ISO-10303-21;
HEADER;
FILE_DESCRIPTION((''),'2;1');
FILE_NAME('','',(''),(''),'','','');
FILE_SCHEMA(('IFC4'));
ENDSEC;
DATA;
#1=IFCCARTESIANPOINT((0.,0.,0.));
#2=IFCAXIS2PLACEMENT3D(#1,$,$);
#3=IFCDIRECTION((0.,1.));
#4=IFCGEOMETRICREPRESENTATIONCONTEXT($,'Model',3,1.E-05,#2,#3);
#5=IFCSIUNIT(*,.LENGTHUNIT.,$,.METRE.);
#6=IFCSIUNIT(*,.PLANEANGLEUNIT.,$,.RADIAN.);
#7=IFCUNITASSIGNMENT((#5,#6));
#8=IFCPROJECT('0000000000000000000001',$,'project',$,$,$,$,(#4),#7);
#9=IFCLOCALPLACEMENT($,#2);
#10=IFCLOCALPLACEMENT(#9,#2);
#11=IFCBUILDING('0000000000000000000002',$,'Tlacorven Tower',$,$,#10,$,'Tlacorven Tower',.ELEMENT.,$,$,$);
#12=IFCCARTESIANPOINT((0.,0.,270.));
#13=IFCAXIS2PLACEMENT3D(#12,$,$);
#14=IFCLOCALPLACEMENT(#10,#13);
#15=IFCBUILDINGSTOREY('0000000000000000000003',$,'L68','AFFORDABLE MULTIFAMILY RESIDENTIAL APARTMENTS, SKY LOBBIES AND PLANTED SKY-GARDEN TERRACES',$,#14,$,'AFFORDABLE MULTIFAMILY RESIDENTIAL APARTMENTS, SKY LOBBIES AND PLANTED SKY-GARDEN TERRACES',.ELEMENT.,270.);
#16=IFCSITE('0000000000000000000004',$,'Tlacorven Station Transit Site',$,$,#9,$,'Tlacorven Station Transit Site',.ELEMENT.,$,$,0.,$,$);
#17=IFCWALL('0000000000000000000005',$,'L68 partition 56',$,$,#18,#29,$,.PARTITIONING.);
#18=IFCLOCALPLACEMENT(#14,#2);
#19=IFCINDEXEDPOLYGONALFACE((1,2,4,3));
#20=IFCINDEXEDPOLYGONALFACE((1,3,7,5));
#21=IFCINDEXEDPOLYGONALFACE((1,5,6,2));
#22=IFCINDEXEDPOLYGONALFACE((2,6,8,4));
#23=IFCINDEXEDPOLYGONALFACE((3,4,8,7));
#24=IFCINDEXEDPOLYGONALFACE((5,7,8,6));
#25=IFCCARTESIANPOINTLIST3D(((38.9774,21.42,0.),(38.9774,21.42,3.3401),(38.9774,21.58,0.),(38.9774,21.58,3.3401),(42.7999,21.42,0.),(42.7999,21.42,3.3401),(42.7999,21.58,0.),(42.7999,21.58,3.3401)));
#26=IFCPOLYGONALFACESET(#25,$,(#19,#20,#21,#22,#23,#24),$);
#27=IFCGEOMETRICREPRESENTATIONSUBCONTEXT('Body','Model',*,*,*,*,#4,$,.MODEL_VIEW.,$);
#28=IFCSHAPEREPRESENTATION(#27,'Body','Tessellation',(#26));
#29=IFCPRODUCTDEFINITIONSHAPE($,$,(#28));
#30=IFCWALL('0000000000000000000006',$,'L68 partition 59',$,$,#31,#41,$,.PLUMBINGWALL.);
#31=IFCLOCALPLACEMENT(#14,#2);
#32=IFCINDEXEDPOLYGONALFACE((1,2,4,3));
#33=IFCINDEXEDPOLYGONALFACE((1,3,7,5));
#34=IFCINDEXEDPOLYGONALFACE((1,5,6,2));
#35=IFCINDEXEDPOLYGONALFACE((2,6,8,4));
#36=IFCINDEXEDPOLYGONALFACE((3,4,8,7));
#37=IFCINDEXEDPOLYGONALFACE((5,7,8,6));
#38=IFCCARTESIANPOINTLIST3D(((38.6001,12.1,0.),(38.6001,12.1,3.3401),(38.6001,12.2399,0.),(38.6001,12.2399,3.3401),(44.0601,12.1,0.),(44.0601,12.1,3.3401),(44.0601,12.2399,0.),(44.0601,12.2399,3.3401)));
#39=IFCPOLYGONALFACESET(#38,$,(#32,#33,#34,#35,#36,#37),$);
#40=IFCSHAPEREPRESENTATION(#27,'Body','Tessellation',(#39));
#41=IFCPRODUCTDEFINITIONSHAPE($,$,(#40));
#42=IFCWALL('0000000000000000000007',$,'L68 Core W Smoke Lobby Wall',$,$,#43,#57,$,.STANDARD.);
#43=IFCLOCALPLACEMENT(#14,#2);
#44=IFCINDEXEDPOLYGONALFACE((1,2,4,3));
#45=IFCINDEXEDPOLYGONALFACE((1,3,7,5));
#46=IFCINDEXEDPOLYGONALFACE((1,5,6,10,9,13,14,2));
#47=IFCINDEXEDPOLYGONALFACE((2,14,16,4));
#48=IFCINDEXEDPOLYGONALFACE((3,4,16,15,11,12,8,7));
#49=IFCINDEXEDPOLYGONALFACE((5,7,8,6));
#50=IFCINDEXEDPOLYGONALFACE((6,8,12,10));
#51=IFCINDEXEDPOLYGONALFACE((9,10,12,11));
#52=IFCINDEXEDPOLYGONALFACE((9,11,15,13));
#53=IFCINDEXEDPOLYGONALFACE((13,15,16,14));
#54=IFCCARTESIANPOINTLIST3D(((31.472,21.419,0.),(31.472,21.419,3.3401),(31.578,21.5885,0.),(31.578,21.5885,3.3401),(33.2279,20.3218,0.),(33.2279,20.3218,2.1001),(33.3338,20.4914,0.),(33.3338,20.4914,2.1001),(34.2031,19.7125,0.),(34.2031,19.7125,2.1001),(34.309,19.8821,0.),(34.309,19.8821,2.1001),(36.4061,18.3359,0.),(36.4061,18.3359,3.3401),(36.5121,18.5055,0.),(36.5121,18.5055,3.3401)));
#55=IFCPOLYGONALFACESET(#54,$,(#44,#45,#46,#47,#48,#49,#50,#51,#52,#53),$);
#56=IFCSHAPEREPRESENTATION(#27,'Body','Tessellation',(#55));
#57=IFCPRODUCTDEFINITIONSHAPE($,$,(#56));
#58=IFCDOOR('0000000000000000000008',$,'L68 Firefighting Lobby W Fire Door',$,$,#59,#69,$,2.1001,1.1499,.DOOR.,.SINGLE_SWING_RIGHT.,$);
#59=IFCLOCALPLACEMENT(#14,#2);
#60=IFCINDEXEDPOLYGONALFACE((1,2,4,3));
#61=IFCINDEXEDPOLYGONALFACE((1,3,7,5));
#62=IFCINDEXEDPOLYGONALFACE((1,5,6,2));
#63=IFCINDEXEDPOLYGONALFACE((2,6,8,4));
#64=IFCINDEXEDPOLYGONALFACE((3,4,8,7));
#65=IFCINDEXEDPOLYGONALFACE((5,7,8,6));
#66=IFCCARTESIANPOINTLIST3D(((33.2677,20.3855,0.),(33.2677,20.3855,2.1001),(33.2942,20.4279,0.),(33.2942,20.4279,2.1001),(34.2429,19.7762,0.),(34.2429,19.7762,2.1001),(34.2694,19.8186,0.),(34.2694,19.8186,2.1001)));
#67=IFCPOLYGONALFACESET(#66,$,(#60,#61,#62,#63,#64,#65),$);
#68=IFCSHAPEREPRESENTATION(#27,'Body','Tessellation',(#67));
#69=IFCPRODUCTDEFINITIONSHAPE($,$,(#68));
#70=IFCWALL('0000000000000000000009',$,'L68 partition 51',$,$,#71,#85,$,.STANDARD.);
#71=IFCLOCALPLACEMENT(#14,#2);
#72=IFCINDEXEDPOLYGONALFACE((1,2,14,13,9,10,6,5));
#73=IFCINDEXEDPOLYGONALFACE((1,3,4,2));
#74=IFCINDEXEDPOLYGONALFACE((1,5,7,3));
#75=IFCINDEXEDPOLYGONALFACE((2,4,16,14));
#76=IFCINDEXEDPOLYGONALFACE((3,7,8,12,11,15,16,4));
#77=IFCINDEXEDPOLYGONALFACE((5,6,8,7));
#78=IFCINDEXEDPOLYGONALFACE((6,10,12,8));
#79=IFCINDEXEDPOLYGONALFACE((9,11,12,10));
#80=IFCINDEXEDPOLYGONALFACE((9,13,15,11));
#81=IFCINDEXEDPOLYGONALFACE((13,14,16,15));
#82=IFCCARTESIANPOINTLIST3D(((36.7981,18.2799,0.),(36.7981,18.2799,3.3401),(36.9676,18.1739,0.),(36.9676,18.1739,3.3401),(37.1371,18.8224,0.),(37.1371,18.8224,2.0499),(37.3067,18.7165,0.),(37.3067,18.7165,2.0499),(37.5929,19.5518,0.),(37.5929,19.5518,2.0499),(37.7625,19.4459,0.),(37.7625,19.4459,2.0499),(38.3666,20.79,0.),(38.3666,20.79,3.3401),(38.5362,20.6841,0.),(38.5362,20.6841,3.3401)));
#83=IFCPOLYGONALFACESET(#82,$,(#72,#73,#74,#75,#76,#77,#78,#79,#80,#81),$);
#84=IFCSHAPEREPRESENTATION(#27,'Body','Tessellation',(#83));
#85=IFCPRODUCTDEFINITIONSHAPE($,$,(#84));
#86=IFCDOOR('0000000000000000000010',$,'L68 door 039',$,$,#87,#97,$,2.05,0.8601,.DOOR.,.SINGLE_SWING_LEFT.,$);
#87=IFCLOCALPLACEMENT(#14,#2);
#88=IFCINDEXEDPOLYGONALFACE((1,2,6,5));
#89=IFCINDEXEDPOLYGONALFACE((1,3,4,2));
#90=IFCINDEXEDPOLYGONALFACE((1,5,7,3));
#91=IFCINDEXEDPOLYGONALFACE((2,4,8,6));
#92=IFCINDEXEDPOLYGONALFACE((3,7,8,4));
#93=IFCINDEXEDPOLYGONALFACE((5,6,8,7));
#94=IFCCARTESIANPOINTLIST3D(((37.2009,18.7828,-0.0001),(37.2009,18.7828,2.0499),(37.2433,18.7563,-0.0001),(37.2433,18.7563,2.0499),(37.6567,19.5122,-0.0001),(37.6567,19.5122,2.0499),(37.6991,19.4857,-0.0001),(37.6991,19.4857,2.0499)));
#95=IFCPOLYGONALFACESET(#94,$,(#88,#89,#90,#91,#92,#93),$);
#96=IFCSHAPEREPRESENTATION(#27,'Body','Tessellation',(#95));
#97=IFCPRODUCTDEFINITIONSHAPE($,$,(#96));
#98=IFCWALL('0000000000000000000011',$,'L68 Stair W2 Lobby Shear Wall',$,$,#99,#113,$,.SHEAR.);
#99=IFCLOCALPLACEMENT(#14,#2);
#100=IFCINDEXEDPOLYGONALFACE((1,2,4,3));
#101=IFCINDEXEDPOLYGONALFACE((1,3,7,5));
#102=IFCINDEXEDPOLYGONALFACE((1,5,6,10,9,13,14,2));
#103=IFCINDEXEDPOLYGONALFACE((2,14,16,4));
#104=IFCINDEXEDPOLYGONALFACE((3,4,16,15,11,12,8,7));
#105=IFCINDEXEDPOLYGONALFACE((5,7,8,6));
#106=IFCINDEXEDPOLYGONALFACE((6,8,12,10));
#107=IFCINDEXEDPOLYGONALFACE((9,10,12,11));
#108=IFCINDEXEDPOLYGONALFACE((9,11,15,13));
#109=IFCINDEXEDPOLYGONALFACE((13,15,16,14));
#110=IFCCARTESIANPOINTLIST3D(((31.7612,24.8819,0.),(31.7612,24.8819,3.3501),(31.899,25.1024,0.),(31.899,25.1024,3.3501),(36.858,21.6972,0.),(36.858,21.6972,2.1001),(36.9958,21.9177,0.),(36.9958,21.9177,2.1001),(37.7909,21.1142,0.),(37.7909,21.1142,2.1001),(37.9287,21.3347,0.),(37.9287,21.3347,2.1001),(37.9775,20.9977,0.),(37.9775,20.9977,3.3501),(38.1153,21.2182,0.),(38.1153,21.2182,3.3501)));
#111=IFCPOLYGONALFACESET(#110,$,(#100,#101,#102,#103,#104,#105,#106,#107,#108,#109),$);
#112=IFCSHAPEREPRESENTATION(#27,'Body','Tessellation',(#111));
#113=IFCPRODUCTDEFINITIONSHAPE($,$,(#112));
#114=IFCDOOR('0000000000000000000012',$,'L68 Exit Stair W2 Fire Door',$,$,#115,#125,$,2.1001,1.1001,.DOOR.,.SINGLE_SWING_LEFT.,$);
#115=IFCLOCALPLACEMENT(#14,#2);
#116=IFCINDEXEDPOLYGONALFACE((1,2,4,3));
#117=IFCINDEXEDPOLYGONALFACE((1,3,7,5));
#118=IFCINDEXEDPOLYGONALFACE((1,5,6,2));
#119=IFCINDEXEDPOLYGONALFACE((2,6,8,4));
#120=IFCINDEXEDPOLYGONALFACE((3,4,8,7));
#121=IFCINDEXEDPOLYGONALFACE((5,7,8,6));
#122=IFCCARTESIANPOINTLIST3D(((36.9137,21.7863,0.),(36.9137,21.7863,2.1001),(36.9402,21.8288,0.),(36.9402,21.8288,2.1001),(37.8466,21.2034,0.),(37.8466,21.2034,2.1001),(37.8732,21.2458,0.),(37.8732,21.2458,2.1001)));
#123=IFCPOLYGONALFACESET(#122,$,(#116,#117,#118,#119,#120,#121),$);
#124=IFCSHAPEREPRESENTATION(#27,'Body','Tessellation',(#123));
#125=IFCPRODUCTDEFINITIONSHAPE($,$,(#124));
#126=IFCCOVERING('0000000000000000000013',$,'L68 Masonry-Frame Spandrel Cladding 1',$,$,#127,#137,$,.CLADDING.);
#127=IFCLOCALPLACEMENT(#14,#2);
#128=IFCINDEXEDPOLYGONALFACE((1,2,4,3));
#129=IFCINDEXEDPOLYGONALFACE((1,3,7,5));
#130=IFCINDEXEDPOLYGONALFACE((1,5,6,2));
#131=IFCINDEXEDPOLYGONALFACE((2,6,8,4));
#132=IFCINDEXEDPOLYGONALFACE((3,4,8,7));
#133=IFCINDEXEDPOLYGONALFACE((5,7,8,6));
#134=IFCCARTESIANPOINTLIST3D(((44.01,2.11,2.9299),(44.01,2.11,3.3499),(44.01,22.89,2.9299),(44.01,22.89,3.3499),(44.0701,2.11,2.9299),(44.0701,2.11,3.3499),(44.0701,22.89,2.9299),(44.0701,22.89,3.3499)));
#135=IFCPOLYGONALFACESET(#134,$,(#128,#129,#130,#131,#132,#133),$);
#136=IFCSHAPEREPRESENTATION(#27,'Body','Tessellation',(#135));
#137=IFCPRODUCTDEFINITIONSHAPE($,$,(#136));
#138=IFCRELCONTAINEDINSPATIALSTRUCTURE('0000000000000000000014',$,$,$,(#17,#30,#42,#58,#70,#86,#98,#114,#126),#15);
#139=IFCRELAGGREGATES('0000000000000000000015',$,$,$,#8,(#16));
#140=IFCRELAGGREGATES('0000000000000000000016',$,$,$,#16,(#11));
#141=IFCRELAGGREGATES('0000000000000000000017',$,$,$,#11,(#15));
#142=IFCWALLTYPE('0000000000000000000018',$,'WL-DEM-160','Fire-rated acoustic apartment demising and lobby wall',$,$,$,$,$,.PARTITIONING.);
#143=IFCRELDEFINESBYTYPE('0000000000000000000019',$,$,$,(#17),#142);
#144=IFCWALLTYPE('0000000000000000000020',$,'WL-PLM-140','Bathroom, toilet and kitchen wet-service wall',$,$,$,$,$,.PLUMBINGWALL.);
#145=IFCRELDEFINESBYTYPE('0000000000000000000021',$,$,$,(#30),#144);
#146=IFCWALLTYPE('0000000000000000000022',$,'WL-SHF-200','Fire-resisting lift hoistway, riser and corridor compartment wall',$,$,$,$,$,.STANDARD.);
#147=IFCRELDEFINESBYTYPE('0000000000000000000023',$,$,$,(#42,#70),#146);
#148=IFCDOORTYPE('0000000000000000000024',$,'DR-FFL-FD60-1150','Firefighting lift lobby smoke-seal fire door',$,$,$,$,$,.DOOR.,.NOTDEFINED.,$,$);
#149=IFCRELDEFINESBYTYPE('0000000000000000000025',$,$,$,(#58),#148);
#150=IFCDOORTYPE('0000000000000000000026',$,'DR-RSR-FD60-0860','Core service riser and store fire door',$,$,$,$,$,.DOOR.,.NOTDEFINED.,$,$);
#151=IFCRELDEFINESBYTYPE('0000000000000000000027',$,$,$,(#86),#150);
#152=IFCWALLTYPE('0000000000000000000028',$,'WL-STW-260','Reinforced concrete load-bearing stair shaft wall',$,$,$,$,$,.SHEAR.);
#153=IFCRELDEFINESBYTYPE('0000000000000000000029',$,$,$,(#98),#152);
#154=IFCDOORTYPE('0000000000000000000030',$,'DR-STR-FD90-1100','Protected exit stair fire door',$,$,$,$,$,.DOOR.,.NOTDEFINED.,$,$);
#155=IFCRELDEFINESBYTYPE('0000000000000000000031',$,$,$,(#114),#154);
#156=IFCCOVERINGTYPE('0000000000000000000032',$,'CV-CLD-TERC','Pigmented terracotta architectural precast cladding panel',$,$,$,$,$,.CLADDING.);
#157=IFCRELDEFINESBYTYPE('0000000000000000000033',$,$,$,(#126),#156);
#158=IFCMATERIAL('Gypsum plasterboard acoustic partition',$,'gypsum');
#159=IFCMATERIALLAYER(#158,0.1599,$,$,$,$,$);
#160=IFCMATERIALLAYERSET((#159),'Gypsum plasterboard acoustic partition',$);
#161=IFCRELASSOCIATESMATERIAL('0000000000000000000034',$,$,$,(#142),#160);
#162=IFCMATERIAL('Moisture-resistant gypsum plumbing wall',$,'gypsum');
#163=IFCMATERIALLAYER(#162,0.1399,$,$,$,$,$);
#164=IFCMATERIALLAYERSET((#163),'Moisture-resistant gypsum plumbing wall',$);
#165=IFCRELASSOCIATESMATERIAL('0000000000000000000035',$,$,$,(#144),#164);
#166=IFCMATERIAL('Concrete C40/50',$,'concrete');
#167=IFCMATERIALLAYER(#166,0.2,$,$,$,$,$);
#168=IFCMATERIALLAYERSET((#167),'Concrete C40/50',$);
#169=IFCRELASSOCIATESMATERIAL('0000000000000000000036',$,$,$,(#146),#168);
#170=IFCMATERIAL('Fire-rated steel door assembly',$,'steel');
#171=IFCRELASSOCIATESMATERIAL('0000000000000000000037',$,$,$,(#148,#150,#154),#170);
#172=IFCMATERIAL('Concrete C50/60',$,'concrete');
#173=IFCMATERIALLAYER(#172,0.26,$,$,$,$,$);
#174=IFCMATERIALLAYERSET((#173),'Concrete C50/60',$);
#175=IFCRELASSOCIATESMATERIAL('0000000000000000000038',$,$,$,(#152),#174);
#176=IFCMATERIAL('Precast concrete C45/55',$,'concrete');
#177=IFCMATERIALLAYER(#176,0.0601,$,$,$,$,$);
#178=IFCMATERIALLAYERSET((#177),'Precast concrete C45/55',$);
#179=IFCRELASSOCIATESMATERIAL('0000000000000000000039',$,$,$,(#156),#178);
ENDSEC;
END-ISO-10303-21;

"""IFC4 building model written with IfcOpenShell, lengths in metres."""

from ifc_helpers import new_model, si_unit, direction, frame, frame_2d, origin, origin_2d, place, context, subcontext, project, spatial, rectangle, extrude, source, transform, mapped, material, layer, layer_set, type_object, element, fill, save


model = new_model("IFC4")

# Units and contexts
model_context = context("Model", 3, precision=1e-05, world=origin(), true_north=direction((0.0, 1.0)))
body_context = subcontext(model_context, "Body", "Model", "MODEL_VIEW")
ifc_project = project(units=[si_unit("LENGTHUNIT", "METRE"), si_unit("PLANEANGLEUNIT", "RADIAN")], contexts=[model_context])

# Site, building, storey
site_placement = place(None, origin())
site = spatial("IfcSite", under=ifc_project, at=site_placement, Name="Tlacorven Station Transit Site", LongName="Tlacorven Station Transit Site", CompositionType="ELEMENT", RefElevation=0.0)
building_placement = place(site_placement, origin())
building = spatial("IfcBuilding", under=site, at=building_placement, Name="Tlacorven Tower", LongName="Tlacorven Tower", CompositionType="ELEMENT")
storey_placement = place(building_placement, frame((0.0, 0.0, 270.0)))
storey = spatial("IfcBuildingStorey", under=building, at=storey_placement, Name="L68", Description="AFFORDABLE MULTIFAMILY RESIDENTIAL APARTMENTS, SKY LOBBIES AND PLANTED SKY-GARDEN TERRACES", LongName="AFFORDABLE MULTIFAMILY RESIDENTIAL APARTMENTS, SKY LOBBIES AND PLANTED SKY-GARDEN TERRACES", CompositionType="ELEMENT", Elevation=270.0)

# Shared definitions
ifc_material_1 = material(Name="Concrete C50/60", Category="concrete")

# Shared definitions
ifc_material_2 = material(Name="Gypsum plasterboard acoustic partition", Category="gypsum")
ifc_layer_1 = layer(ifc_material_2, 0.1599)
ifc_layer_set_1 = layer_set([ifc_layer_1], Name="Gypsum plasterboard acoustic partition")
wall_type_1 = type_object("IfcWallType", Name="WL-DEM-160", Description="Fire-rated acoustic apartment demising and lobby wall", PredefinedType="PARTITIONING", material=ifc_layer_set_1)
ifc_material_3 = material(Name="Fire-rated steel door assembly", Category="steel")

# Walls
wall_1_placement = place(storey_placement, frame((38.9775, 21.5, 0.0), z_axis=(0.0, 0.0, 1.0), x_axis=(1.0, 0.0, 0.0)))
element("IfcWall", 1, at=wall_1_placement, inside=storey, type_object=wall_type_1, Name="L68 partition 56", PredefinedType="PARTITIONING", context=body_context, shape_type="SweptSolid", body=[
    extrude(rectangle(XDim=3.8225, YDim=0.1599, at=frame_2d((1.9111, 0.0))), origin(), (0.0, 0.0, 1.0), 3.3401),
])
ifc_material_4 = material(Name="Moisture-resistant gypsum plumbing wall", Category="gypsum")
ifc_layer_2 = layer(ifc_material_4, 0.1399)
ifc_layer_set_2 = layer_set([ifc_layer_2], Name="Moisture-resistant gypsum plumbing wall")
wall_type_2 = type_object("IfcWallType", Name="WL-PLM-140", Description="Bathroom, toilet and kitchen wet-service wall", PredefinedType="PLUMBINGWALL", material=ifc_layer_set_2)
wall_2_placement = place(storey_placement, frame((38.6001, 12.1699, 0.0), z_axis=(0.0, 0.0, 1.0), x_axis=(1.0, 0.0, 0.0)))
element("IfcWall", 2, at=wall_2_placement, inside=storey, type_object=wall_type_2, Name="L68 partition 59", PredefinedType="PLUMBINGWALL", context=body_context, shape_type="SweptSolid", body=[
    extrude(rectangle(XDim=5.46, YDim=0.1399, at=frame_2d((2.73, 0.0))), origin(), (0.0, 0.0, 1.0), 3.3401),
])

# Walls, openings, doors
ifc_material_5 = material(Name="Concrete C40/50", Category="concrete")
ifc_layer_3 = layer(ifc_material_5, 0.2)
ifc_layer_set_3 = layer_set([ifc_layer_3], Name="Concrete C40/50")
wall_type_3 = type_object("IfcWallType", Name="WL-SHF-200", Description="Fire-resisting lift hoistway, riser and corridor compartment wall", PredefinedType="STANDARD", material=ifc_layer_set_3)
wall_3_placement = place(storey_placement, frame((36.4592, 18.4207, 0.0), z_axis=(0.0, 0.0, 1.0), x_axis=(-0.84806, 0.529901, 0.0)))
wall_3 = element("IfcWall", 3, at=wall_3_placement, inside=storey, type_object=wall_type_3, Name="L68 Core W Smoke Lobby Wall", PredefinedType="STANDARD", context=body_context, shape_type="SweptSolid", body=[
    extrude(rectangle(XDim=5.8181, YDim=0.2, at=frame_2d((2.9092, 0.0))), origin(), (0.0, 0.0, 1.0), 3.3401),
])
opening_1_placement = place(wall_3_placement, frame((2.5979, 0.0, 0.0)))
opening_1 = element("IfcOpeningElement", 4, at=opening_1_placement, cuts=wall_3, PredefinedType="OPENING", context=body_context, shape_type="SweptSolid", body=[
    extrude(rectangle(XDim=1.1499, YDim=2.1001, at=frame_2d((0.575, 1.05))), frame((0.0, 0.1099, 0.0), z_axis=(0.0, -1.0, 0.0), x_axis=(1.0, 0.0, 0.0)), (0.0, 0.0, 1.0), 0.22),
])
door_type_1 = type_object("IfcDoorType", Name="DR-FFL-FD60-1150", Description="Firefighting lift lobby smoke-seal fire door", OperationType="NOTDEFINED", PredefinedType="DOOR", material=ifc_material_3)
shared_shape_1 = source(origin(), body_context, "Body", "SweptSolid", [
    extrude(rectangle(XDim=1.1499, YDim=2.1001, at=frame_2d((0.575, 1.05))), frame((0.0, 0.0249, 0.0), z_axis=(0.0, -1.0, 0.0), x_axis=(1.0, 0.0, 0.0)), (0.0, 0.0, 1.0), 0.05),
])
door_1_placement = place(opening_1_placement, origin())
door_1 = element("IfcDoor", 5, at=door_1_placement, inside=storey, type_object=door_type_1, Name="L68 Firefighting Lobby W Fire Door", OperationType="SINGLE_SWING_RIGHT", OverallHeight=2.1001, OverallWidth=1.1499, PredefinedType="DOOR", context=body_context, shape_type="MappedRepresentation", body=[
    mapped(shared_shape_1, transform((0.0, 0.0, 0.0), scale=1.0)),
])
fill(opening_1, door_1)
wall_4_placement = place(storey_placement, frame((38.4514, 20.7371, 0.0), z_axis=(0.0, 0.0, 1.0), x_axis=(-0.529925, -0.848045, 0.0)))
wall_4 = element("IfcWall", 6, at=wall_4_placement, inside=storey, type_object=wall_type_3, Name="L68 partition 51", PredefinedType="STANDARD", context=body_context, shape_type="SweptSolid", body=[
    extrude(rectangle(XDim=2.96, YDim=0.2, at=frame_2d((1.48, 0.0))), origin(), (0.0, 0.0, 1.0), 3.3401),
])
opening_2_placement = place(wall_4_placement, frame((1.46, 0.0, 0.0)))
opening_2 = element("IfcOpeningElement", 7, at=opening_2_placement, cuts=wall_4, PredefinedType="OPENING", context=body_context, shape_type="SweptSolid", body=[
    extrude(rectangle(XDim=0.8601, YDim=2.05, at=frame_2d((0.4302, 1.0249))), frame((0.0, 0.1099, 0.0), z_axis=(0.0, -1.0, 0.0), x_axis=(1.0, 0.0, 0.0)), (0.0, 0.0, 1.0), 0.22),
])
door_type_2 = type_object("IfcDoorType", Name="DR-RSR-FD60-0860", Description="Core service riser and store fire door", OperationType="NOTDEFINED", PredefinedType="DOOR", material=ifc_material_3)
shared_shape_2 = source(origin(), body_context, "Body", "SweptSolid", [
    extrude(rectangle(XDim=0.8601, YDim=2.05, at=frame_2d((0.4302, 1.0249))), frame((0.0, 0.0249, 0.0), z_axis=(0.0, -1.0, 0.0), x_axis=(1.0, 0.0, 0.0)), (0.0, 0.0, 1.0), 0.05),
])
door_2_placement = place(opening_2_placement, frame((0.8601, 0.0, 0.0), z_axis=(0.0, 0.0, 1.0), x_axis=(-1.0, 0.0, 0.0)))
door_2 = element("IfcDoor", 8, at=door_2_placement, inside=storey, type_object=door_type_2, Name="L68 door 039", OperationType="SINGLE_SWING_LEFT", OverallHeight=2.05, OverallWidth=0.8601, PredefinedType="DOOR", context=body_context, shape_type="MappedRepresentation", body=[
    mapped(shared_shape_2, transform((0.0, 0.0, 0.0), scale=1.0)),
])
fill(opening_2, door_2)
ifc_layer_4 = layer(ifc_material_1, 0.26)
ifc_layer_set_4 = layer_set([ifc_layer_4], Name="Concrete C50/60")
wall_type_4 = type_object("IfcWallType", Name="WL-STW-260", Description="Reinforced concrete load-bearing stair shaft wall", PredefinedType="SHEAR", material=ifc_layer_set_4)
wall_5_placement = place(storey_placement, frame((38.0464, 21.1079, 0.0), z_axis=(0.0, 0.0, 1.0), x_axis=(-0.848054, 0.529909, 0.0)))
wall_5 = element("IfcWall", 9, at=wall_5_placement, inside=storey, type_object=wall_type_4, Name="L68 Stair W2 Lobby Shear Wall", PredefinedType="SHEAR", context=body_context, shape_type="SweptSolid", body=[
    extrude(rectangle(XDim=7.3301, YDim=0.26, at=frame_2d((3.665, 0.0))), origin(), (0.0, 0.0, 1.0), 3.3501),
])
opening_3_placement = place(wall_5_placement, frame((0.22, 0.0, 0.0)))
opening_3 = element("IfcOpeningElement", 10, at=opening_3_placement, cuts=wall_5, PredefinedType="OPENING", context=body_context, shape_type="SweptSolid", body=[
    extrude(rectangle(XDim=1.1001, YDim=2.1001, at=frame_2d((0.55, 1.05))), frame((0.0, 0.1401, 0.0), z_axis=(0.0, -1.0, 0.0), x_axis=(1.0, 0.0, 0.0)), (0.0, 0.0, 1.0), 0.28),
])
door_type_3 = type_object("IfcDoorType", Name="DR-STR-FD90-1100", Description="Protected exit stair fire door", OperationType="NOTDEFINED", PredefinedType="DOOR", material=ifc_material_3)
shared_shape_3 = source(origin(), body_context, "Body", "SweptSolid", [
    extrude(rectangle(XDim=1.1001, YDim=2.1001, at=frame_2d((0.55, 1.05))), frame((0.0, 0.0249, 0.0), z_axis=(0.0, -1.0, 0.0), x_axis=(1.0, 0.0, 0.0)), (0.0, 0.0, 1.0), 0.05),
])
door_3_placement = place(opening_3_placement, origin())
door_3 = element("IfcDoor", 11, at=door_3_placement, inside=storey, type_object=door_type_3, Name="L68 Exit Stair W2 Fire Door", OperationType="SINGLE_SWING_LEFT", OverallHeight=2.1001, OverallWidth=1.1001, PredefinedType="DOOR", context=body_context, shape_type="MappedRepresentation", body=[
    mapped(shared_shape_3, transform((0.0, 0.0, 0.0), scale=1.0)),
])
fill(opening_3, door_3)

# Covering
ifc_material_6 = material(Name="Precast concrete C45/55", Category="concrete")
ifc_layer_5 = layer(ifc_material_6, 0.0601)
ifc_layer_set_5 = layer_set([ifc_layer_5], Name="Precast concrete C45/55")
covering_type = type_object("IfcCoveringType", Name="CV-CLD-TERC", Description="Pigmented terracotta architectural precast cladding panel", PredefinedType="CLADDING", material=ifc_layer_set_5)
shared_shape_4 = source(origin(), body_context, "Body", "SweptSolid", [
    extrude(rectangle(XDim=20.78, YDim=0.0601, at=origin_2d()), origin(), (0.0, 0.0, 1.0), 0.4199),
])
covering_placement = place(storey_placement, frame((44.04, 12.5, 2.9299), z_axis=(0.0, 0.0, 1.0), x_axis=(0.0, -1.0, 0.0)))
element("IfcCovering", 12, at=covering_placement, inside=storey, type_object=covering_type, Name="L68 Masonry-Frame Spandrel Cladding 1", PredefinedType="CLADDING", context=body_context, shape_type="MappedRepresentation", body=[
    mapped(shared_shape_4, transform((0.0, 0.0, 0.0), scale=1.0)),
])

save(model, "model.ifc")
